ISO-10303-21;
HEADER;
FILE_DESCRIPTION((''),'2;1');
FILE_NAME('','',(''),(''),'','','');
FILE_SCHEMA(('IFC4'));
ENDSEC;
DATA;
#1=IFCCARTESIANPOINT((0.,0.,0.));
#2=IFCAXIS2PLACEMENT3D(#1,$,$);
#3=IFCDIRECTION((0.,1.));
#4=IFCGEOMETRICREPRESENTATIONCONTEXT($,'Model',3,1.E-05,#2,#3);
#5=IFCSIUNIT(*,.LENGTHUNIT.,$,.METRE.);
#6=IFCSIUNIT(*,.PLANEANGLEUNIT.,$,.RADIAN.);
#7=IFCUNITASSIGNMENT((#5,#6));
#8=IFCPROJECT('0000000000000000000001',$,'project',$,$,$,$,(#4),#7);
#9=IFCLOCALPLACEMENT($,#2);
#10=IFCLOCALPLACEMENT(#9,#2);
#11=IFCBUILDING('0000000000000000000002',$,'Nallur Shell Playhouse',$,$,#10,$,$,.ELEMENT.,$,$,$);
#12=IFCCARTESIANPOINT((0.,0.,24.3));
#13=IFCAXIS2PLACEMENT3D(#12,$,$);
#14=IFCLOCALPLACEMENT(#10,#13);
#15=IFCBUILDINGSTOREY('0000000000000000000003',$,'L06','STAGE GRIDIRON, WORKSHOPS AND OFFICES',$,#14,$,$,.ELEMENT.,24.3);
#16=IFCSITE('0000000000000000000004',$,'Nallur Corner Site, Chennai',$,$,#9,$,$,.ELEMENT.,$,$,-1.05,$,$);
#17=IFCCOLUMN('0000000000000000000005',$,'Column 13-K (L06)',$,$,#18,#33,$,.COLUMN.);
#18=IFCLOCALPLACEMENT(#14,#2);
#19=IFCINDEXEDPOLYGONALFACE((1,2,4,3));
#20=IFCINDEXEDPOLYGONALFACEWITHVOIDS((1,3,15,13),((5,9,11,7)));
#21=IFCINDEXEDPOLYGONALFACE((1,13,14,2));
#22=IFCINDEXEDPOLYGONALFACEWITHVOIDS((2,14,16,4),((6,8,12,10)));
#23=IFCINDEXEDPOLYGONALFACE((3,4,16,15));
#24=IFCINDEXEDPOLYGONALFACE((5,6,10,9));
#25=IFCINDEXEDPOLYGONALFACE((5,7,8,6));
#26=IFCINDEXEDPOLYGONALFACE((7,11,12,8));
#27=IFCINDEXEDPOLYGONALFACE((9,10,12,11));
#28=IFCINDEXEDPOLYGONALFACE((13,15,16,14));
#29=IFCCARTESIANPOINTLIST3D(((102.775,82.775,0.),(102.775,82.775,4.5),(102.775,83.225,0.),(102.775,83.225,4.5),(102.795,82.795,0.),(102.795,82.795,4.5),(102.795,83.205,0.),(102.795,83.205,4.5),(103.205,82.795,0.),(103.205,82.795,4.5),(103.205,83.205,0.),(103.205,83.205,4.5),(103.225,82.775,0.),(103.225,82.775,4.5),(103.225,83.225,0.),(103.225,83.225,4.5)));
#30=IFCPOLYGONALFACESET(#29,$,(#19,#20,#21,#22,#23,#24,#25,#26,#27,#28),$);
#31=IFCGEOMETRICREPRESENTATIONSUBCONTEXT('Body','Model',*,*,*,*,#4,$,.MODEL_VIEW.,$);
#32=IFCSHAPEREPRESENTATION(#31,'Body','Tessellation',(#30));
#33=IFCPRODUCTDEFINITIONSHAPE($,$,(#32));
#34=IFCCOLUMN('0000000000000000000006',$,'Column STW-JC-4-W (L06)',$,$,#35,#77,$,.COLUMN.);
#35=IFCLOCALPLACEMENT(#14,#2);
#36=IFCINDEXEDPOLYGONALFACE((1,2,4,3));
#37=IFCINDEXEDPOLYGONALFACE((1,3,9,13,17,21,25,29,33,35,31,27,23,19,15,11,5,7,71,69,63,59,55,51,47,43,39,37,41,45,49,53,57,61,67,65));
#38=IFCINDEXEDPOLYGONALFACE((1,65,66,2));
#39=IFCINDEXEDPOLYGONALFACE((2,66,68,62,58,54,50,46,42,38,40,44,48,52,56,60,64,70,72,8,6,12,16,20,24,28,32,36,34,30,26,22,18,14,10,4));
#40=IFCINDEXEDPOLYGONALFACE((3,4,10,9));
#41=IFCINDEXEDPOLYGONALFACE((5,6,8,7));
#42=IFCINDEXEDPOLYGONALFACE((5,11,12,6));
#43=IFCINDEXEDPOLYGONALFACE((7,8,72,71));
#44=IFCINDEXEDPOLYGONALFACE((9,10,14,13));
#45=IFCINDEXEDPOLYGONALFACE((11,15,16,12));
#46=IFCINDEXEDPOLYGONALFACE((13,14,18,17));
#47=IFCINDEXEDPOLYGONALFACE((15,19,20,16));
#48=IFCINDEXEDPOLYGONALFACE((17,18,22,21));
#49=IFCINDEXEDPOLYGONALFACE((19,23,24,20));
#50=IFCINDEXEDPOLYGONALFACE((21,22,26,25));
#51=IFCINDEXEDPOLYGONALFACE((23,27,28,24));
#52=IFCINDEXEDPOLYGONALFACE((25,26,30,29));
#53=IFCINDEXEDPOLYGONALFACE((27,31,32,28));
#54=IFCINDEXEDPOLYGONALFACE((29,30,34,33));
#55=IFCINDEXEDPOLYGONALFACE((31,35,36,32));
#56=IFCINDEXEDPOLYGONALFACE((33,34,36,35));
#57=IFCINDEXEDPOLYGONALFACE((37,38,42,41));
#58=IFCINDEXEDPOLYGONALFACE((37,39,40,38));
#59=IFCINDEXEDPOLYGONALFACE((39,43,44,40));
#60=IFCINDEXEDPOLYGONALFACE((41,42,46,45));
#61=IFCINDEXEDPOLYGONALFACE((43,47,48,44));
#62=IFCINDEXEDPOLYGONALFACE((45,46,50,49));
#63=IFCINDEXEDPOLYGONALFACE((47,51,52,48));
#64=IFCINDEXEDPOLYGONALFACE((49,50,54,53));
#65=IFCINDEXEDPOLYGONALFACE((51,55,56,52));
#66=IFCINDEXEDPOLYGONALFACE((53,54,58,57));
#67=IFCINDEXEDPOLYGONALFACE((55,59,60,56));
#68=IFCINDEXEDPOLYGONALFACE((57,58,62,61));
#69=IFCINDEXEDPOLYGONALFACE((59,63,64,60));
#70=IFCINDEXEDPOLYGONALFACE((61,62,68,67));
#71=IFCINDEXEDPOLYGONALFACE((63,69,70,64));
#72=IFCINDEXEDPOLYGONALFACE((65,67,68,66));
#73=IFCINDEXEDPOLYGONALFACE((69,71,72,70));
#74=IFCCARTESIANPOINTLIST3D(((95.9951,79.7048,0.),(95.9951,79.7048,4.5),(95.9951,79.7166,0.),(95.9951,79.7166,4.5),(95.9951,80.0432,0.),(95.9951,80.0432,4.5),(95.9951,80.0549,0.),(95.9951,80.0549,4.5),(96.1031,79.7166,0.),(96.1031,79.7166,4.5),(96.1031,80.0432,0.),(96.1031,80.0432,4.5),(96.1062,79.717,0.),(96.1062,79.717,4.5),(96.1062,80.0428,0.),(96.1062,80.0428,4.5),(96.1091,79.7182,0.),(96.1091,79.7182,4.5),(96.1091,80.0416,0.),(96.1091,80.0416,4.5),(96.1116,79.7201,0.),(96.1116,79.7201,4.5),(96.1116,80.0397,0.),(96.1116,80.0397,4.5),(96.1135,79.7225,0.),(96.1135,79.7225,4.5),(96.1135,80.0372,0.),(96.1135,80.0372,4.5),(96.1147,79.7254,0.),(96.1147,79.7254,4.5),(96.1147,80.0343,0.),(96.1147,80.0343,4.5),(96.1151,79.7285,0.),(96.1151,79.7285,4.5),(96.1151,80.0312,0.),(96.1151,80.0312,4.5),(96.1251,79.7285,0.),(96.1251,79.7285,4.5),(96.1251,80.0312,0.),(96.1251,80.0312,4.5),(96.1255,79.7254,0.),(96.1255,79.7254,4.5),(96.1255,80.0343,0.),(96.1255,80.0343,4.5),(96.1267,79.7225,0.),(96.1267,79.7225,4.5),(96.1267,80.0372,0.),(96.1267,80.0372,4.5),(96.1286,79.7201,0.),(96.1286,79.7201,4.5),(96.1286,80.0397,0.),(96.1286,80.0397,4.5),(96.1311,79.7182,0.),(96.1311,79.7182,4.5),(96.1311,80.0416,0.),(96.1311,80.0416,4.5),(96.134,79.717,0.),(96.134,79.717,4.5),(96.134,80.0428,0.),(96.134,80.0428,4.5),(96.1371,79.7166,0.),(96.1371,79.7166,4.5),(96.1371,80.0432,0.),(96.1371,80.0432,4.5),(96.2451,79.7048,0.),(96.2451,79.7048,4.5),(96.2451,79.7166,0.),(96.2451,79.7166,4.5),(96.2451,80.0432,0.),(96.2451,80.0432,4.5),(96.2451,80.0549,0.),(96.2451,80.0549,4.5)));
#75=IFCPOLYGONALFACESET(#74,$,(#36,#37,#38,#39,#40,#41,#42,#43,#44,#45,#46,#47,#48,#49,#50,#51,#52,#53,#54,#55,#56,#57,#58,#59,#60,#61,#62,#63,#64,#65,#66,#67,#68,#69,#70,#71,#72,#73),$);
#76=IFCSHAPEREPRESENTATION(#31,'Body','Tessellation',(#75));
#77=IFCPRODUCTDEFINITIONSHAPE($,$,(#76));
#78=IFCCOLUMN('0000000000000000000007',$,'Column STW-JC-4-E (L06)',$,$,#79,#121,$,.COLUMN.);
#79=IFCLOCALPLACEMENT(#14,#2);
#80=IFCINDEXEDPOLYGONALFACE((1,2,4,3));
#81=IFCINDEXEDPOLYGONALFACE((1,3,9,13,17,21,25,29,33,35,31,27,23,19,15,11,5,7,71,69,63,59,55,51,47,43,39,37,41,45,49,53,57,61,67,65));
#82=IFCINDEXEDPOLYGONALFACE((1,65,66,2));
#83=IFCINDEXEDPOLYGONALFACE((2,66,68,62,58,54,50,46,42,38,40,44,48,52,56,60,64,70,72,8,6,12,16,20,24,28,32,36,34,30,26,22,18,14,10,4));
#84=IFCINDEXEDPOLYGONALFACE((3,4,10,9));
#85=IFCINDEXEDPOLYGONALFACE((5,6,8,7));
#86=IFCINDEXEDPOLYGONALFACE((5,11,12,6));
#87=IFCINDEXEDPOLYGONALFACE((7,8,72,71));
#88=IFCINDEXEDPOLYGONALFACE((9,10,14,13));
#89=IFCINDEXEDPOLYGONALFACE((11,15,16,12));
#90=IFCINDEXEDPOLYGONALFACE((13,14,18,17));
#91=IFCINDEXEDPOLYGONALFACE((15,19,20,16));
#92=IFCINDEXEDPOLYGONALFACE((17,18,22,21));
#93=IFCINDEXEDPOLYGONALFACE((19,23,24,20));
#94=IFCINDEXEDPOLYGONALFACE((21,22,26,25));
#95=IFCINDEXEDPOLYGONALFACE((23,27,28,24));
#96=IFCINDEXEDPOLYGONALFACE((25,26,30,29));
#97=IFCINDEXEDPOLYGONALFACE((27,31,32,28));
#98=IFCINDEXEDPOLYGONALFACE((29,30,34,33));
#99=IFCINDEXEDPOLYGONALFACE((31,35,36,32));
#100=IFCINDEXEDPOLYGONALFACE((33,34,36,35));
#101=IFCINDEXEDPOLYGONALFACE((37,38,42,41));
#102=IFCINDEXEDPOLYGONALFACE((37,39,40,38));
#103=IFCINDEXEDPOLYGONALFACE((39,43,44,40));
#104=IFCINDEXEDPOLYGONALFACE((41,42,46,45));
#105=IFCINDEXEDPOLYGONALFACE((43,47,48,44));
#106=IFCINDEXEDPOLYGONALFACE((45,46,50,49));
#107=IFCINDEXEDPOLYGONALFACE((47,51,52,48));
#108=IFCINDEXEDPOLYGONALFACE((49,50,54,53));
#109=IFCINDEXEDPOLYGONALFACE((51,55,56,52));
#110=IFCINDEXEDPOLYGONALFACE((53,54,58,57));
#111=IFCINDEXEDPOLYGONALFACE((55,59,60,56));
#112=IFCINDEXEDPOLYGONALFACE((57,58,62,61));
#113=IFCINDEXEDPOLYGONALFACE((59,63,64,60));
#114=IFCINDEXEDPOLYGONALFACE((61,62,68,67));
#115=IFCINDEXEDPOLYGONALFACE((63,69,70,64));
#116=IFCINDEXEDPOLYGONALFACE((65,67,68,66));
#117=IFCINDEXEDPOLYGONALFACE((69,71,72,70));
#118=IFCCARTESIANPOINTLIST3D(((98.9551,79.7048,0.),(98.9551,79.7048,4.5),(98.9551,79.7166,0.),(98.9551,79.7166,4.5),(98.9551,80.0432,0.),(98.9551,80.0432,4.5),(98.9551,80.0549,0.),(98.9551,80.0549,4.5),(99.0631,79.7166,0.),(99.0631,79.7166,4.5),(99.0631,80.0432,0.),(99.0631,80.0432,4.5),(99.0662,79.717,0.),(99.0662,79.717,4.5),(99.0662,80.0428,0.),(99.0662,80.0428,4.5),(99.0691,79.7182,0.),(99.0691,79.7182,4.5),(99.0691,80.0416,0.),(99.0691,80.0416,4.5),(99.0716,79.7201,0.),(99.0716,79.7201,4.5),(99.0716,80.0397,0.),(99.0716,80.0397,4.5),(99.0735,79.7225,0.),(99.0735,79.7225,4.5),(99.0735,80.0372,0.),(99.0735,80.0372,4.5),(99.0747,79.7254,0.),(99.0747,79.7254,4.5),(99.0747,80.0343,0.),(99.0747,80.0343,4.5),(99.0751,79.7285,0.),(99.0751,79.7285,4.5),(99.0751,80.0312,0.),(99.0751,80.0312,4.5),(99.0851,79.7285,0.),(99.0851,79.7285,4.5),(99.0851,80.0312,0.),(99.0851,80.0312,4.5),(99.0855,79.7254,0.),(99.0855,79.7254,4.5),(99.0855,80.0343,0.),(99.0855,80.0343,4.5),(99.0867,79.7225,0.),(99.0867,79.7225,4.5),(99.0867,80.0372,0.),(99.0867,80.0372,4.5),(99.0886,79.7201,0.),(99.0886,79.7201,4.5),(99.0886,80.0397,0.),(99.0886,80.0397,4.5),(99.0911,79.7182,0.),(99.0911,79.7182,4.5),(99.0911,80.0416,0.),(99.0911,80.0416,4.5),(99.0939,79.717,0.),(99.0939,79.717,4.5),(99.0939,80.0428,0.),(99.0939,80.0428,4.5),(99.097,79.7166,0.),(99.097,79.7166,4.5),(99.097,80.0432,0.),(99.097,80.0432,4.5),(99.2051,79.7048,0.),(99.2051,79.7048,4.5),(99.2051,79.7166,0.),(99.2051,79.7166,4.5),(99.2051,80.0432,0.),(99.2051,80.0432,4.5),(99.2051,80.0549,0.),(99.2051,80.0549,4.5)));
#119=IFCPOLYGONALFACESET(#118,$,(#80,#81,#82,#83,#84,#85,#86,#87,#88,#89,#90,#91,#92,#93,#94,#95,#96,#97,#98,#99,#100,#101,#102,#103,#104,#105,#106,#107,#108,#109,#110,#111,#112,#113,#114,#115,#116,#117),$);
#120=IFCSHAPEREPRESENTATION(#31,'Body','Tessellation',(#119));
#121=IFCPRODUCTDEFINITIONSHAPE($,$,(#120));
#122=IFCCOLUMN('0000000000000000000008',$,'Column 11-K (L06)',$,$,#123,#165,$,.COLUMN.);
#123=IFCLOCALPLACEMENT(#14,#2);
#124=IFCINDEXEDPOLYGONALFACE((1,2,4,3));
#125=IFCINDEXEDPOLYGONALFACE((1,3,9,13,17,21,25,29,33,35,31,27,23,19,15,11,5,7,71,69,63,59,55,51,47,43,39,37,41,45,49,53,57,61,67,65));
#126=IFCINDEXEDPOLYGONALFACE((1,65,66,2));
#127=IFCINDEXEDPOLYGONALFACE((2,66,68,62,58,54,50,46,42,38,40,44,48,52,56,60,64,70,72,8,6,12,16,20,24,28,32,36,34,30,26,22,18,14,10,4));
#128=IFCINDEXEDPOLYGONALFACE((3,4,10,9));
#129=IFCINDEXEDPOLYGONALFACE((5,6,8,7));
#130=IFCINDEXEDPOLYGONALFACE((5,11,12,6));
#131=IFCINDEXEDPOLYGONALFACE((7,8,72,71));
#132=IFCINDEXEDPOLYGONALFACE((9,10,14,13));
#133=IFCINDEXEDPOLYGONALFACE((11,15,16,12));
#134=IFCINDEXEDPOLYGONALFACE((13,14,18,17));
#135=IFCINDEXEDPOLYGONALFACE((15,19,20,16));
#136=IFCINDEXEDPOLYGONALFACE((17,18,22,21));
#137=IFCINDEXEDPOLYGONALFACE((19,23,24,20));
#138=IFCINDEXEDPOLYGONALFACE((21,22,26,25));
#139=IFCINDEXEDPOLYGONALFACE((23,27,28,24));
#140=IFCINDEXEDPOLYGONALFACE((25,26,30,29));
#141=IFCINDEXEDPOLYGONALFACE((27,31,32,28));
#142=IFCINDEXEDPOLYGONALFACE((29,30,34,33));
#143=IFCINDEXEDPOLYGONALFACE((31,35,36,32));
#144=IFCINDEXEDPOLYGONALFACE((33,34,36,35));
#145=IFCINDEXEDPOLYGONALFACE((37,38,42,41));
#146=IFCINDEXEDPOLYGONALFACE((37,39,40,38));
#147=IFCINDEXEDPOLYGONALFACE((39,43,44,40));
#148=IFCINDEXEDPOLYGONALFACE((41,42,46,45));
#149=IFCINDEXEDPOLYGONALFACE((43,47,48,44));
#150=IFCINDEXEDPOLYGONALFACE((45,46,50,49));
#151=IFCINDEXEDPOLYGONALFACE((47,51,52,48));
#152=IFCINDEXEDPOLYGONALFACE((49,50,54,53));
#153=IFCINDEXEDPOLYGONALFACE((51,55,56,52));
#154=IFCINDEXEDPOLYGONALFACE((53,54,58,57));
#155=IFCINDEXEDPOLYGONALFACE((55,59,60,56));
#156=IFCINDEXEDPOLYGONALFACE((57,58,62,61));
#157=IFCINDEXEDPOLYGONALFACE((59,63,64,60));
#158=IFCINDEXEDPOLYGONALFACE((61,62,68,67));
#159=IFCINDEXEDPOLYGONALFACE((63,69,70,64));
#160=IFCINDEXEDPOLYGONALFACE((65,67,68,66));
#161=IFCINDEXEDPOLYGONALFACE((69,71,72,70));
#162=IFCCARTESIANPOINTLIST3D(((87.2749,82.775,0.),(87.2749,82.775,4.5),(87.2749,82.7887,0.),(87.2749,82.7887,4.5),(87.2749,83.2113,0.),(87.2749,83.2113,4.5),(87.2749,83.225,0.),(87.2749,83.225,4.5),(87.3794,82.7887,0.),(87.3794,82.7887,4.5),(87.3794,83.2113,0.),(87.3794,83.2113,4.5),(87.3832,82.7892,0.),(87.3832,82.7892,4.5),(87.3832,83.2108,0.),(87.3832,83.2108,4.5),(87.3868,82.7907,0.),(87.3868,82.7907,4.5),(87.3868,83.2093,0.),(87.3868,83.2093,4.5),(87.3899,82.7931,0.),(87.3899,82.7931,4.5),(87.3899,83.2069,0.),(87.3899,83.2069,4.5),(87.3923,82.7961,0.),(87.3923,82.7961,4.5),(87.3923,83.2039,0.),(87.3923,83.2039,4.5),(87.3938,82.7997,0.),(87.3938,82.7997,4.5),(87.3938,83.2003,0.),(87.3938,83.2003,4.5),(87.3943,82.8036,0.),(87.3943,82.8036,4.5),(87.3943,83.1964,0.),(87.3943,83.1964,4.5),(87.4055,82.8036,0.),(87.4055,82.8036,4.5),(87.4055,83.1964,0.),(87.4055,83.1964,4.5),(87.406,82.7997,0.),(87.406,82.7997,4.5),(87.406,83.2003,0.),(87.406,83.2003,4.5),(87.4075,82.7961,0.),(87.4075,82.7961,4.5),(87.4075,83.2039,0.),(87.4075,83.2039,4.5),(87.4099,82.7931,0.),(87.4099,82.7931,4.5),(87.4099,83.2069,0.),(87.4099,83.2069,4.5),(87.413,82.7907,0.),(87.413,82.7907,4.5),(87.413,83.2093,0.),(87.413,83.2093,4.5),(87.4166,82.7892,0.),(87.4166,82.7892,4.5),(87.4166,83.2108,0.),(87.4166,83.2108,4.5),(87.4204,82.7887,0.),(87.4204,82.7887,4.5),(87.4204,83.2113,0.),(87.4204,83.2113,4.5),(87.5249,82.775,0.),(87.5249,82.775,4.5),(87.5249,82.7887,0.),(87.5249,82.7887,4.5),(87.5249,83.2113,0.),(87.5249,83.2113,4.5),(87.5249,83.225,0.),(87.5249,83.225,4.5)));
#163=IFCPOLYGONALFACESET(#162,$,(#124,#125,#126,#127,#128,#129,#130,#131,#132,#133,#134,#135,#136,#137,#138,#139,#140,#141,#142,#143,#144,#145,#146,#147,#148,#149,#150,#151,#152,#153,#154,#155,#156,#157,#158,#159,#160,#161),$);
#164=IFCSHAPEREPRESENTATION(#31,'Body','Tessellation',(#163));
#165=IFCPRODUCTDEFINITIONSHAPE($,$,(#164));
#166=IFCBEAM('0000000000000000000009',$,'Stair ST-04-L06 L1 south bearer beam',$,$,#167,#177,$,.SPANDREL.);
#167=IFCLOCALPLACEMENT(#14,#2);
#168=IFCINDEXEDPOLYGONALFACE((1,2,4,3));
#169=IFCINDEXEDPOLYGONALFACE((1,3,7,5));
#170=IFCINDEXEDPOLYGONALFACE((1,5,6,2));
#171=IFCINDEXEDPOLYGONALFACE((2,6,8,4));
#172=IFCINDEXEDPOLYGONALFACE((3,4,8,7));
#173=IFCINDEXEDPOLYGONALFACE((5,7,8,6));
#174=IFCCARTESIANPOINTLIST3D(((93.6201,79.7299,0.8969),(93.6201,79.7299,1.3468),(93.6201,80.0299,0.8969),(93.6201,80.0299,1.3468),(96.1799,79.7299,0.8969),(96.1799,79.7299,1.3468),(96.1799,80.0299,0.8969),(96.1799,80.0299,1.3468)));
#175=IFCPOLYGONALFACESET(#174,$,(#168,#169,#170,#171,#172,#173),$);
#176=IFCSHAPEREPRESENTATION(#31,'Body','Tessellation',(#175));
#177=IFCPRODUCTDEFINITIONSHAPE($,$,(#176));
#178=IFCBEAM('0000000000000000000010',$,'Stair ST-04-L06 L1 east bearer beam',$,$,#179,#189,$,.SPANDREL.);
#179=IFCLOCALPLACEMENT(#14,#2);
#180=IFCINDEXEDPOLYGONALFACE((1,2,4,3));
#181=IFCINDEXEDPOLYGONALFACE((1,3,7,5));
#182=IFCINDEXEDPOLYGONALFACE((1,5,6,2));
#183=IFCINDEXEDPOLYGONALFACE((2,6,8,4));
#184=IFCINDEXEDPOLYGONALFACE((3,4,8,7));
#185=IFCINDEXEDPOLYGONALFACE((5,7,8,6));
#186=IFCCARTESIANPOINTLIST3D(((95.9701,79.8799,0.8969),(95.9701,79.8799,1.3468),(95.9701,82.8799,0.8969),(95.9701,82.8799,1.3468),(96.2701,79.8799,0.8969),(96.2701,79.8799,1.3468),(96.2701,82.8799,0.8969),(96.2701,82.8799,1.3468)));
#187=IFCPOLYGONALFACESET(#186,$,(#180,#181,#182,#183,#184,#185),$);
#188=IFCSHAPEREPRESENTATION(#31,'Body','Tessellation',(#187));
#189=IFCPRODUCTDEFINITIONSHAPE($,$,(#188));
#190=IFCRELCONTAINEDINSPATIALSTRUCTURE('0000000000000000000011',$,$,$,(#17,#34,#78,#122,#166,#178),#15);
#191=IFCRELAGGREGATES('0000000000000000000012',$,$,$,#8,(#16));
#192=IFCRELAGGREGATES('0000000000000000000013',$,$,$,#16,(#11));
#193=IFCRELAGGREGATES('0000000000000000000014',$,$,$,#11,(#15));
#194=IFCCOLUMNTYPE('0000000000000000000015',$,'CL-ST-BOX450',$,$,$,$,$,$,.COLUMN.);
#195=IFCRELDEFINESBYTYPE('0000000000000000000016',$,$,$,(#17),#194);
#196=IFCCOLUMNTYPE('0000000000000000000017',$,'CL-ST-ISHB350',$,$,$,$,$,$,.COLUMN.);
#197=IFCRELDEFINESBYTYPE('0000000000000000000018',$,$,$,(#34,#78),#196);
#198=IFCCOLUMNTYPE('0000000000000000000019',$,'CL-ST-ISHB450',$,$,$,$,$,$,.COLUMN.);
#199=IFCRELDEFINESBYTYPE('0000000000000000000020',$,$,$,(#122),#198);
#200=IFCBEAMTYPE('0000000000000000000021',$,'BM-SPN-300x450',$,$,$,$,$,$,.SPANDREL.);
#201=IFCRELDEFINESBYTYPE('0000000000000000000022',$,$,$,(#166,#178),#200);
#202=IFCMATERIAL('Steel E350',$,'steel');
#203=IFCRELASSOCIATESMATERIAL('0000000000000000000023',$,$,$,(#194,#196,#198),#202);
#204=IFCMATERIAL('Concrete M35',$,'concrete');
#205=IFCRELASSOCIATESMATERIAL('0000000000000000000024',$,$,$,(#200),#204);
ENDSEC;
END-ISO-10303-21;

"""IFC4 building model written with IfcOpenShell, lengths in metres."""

from ifc_helpers import new_model, si_unit, direction, frame, origin, origin_2d, place, context, subcontext, project, spatial, rectangle, hollow_rectangle, i_section, extrude, material, material_profile, profile_set, type_object, element, save


model = new_model("IFC4")

# Units and contexts
model_context = context("Model", 3, precision=1e-05, world=origin(), true_north=direction((0.0, 1.0)))
body_context = subcontext(model_context, "Body", "Model", "MODEL_VIEW")
ifc_project = project(units=[si_unit("LENGTHUNIT", "METRE"), si_unit("PLANEANGLEUNIT", "RADIAN")], contexts=[model_context])

# Site, building, storey
site_placement = place(None, origin())
site = spatial("IfcSite", under=ifc_project, at=site_placement, Name="Nallur Corner Site, Chennai", CompositionType="ELEMENT", RefElevation=-1.05)
building_placement = place(site_placement, origin())
building = spatial("IfcBuilding", under=site, at=building_placement, Name="Nallur Shell Playhouse", CompositionType="ELEMENT")
storey_placement = place(building_placement, frame((0.0, 0.0, 24.3)))
storey = spatial("IfcBuildingStorey", under=building, at=storey_placement, Name="L06", Description="STAGE GRIDIRON, WORKSHOPS AND OFFICES", CompositionType="ELEMENT", Elevation=24.3)

# Columns
ifc_material_1 = material(Name="Steel E350", Category="steel")
ifc_material_profile_1 = material_profile(ifc_material_1, hollow_rectangle(XDim=0.45, YDim=0.45, WallThickness=0.02, at=origin_2d()), Name="BOX 450x450x20")
ifc_profile_set_1 = profile_set([ifc_material_profile_1], Name="Steel E350")
column_type_1 = type_object("IfcColumnType", Name="CL-ST-BOX450", PredefinedType="COLUMN", material=ifc_profile_set_1)
column_1_placement = place(storey_placement, frame((103.0, 83.0, 0.0), z_axis=(0.0, 0.0, 1.0), x_axis=(1.0, 0.0, 0.0)))
element("IfcColumn", 1, at=column_1_placement, inside=storey, type_object=column_type_1, Name="Column 13-K (L06)", PredefinedType="COLUMN", context=body_context, shape_type="SweptSolid", body=[
    extrude(hollow_rectangle(XDim=0.45, YDim=0.45, WallThickness=0.02, at=origin_2d()), origin(), (0.0, 0.0, 1.0), 4.5),
])
ifc_material_profile_2 = material_profile(ifc_material_1, i_section(OverallWidth=0.25, OverallDepth=0.3501, WebThickness=0.01, FlangeThickness=0.0117, FilletRadius=0.012, at=origin_2d()), Name="ISHB 350")
ifc_profile_set_2 = profile_set([ifc_material_profile_2], Name="Steel E350")
column_type_2 = type_object("IfcColumnType", Name="CL-ST-ISHB350", PredefinedType="COLUMN", material=ifc_profile_set_2)
for number, where, z_axis, x_axis, name in (
    (2, (96.1201, 79.8799, 0.0), (0.0, 0.0, 1.0), (1.0, 0.0, 0.0), "Column STW-JC-4-W (L06)"),
    (3, (99.0801, 79.8799, 0.0), (0.0, 0.0, 1.0), (1.0, 0.0, 0.0), "Column STW-JC-4-E (L06)"),
):
    element("IfcColumn", number, at=place(storey_placement, frame(where, z_axis=z_axis, x_axis=x_axis)), inside=storey, type_object=column_type_2, Name=name, PredefinedType="COLUMN", context=body_context, shape_type="SweptSolid", body=[
        extrude(i_section(OverallWidth=0.25, OverallDepth=0.3501, WebThickness=0.01, FlangeThickness=0.0117, FilletRadius=0.012, at=origin_2d()), origin(), (0.0, 0.0, 1.0), 4.5),
    ])
ifc_material_profile_3 = material_profile(ifc_material_1, i_section(OverallWidth=0.25, OverallDepth=0.45, WebThickness=0.0112, FlangeThickness=0.0137, FilletRadius=0.0149, at=origin_2d()), Name="ISHB 450")
ifc_profile_set_3 = profile_set([ifc_material_profile_3], Name="Steel E350")
column_type_3 = type_object("IfcColumnType", Name="CL-ST-ISHB450", PredefinedType="COLUMN", material=ifc_profile_set_3)
column_2_placement = place(storey_placement, frame((87.3999, 83.0, 0.0), z_axis=(0.0, 0.0, 1.0), x_axis=(1.0, 0.0, 0.0)))
element("IfcColumn", 4, at=column_2_placement, inside=storey, type_object=column_type_3, Name="Column 11-K (L06)", PredefinedType="COLUMN", context=body_context, shape_type="SweptSolid", body=[
    extrude(i_section(OverallWidth=0.25, OverallDepth=0.45, WebThickness=0.0112, FlangeThickness=0.0137, FilletRadius=0.0149, at=origin_2d()), origin(), (0.0, 0.0, 1.0), 4.5),
])

# Beams
ifc_material_2 = material(Name="Concrete M35", Category="concrete")
ifc_material_profile_4 = material_profile(ifc_material_2, rectangle(XDim=0.3, YDim=0.45, at=origin_2d()), Name="RC 300x450")
ifc_profile_set_4 = profile_set([ifc_material_profile_4], Name="Concrete M35")
beam_type = type_object("IfcBeamType", Name="BM-SPN-300x450", PredefinedType="SPANDREL", material=ifc_profile_set_4)
beam_1_placement = place(storey_placement, frame((93.6201, 79.8799, 1.1218), z_axis=(1.0, 0.0, 0.0), x_axis=(0.0, 1.0, 0.0)))
element("IfcBeam", 5, at=beam_1_placement, inside=storey, type_object=beam_type, Name="Stair ST-04-L06 L1 south bearer beam", PredefinedType="SPANDREL", context=body_context, shape_type="SweptSolid", body=[
    extrude(rectangle(XDim=0.3, YDim=0.45, at=origin_2d()), origin(), (0.0, 0.0, 1.0), 2.5598),
])
beam_2_placement = place(storey_placement, frame((96.1201, 79.8799, 1.1218), z_axis=(0.0, 1.0, 0.0), x_axis=(-1.0, 0.0, 0.0)))
element("IfcBeam", 6, at=beam_2_placement, inside=storey, type_object=beam_type, Name="Stair ST-04-L06 L1 east bearer beam", PredefinedType="SPANDREL", context=body_context, shape_type="SweptSolid", body=[
    extrude(rectangle(XDim=0.3, YDim=0.45, at=origin_2d()), origin(), (0.0, 0.0, 1.0), 3.0),
])

save(model, "model.ifc")
